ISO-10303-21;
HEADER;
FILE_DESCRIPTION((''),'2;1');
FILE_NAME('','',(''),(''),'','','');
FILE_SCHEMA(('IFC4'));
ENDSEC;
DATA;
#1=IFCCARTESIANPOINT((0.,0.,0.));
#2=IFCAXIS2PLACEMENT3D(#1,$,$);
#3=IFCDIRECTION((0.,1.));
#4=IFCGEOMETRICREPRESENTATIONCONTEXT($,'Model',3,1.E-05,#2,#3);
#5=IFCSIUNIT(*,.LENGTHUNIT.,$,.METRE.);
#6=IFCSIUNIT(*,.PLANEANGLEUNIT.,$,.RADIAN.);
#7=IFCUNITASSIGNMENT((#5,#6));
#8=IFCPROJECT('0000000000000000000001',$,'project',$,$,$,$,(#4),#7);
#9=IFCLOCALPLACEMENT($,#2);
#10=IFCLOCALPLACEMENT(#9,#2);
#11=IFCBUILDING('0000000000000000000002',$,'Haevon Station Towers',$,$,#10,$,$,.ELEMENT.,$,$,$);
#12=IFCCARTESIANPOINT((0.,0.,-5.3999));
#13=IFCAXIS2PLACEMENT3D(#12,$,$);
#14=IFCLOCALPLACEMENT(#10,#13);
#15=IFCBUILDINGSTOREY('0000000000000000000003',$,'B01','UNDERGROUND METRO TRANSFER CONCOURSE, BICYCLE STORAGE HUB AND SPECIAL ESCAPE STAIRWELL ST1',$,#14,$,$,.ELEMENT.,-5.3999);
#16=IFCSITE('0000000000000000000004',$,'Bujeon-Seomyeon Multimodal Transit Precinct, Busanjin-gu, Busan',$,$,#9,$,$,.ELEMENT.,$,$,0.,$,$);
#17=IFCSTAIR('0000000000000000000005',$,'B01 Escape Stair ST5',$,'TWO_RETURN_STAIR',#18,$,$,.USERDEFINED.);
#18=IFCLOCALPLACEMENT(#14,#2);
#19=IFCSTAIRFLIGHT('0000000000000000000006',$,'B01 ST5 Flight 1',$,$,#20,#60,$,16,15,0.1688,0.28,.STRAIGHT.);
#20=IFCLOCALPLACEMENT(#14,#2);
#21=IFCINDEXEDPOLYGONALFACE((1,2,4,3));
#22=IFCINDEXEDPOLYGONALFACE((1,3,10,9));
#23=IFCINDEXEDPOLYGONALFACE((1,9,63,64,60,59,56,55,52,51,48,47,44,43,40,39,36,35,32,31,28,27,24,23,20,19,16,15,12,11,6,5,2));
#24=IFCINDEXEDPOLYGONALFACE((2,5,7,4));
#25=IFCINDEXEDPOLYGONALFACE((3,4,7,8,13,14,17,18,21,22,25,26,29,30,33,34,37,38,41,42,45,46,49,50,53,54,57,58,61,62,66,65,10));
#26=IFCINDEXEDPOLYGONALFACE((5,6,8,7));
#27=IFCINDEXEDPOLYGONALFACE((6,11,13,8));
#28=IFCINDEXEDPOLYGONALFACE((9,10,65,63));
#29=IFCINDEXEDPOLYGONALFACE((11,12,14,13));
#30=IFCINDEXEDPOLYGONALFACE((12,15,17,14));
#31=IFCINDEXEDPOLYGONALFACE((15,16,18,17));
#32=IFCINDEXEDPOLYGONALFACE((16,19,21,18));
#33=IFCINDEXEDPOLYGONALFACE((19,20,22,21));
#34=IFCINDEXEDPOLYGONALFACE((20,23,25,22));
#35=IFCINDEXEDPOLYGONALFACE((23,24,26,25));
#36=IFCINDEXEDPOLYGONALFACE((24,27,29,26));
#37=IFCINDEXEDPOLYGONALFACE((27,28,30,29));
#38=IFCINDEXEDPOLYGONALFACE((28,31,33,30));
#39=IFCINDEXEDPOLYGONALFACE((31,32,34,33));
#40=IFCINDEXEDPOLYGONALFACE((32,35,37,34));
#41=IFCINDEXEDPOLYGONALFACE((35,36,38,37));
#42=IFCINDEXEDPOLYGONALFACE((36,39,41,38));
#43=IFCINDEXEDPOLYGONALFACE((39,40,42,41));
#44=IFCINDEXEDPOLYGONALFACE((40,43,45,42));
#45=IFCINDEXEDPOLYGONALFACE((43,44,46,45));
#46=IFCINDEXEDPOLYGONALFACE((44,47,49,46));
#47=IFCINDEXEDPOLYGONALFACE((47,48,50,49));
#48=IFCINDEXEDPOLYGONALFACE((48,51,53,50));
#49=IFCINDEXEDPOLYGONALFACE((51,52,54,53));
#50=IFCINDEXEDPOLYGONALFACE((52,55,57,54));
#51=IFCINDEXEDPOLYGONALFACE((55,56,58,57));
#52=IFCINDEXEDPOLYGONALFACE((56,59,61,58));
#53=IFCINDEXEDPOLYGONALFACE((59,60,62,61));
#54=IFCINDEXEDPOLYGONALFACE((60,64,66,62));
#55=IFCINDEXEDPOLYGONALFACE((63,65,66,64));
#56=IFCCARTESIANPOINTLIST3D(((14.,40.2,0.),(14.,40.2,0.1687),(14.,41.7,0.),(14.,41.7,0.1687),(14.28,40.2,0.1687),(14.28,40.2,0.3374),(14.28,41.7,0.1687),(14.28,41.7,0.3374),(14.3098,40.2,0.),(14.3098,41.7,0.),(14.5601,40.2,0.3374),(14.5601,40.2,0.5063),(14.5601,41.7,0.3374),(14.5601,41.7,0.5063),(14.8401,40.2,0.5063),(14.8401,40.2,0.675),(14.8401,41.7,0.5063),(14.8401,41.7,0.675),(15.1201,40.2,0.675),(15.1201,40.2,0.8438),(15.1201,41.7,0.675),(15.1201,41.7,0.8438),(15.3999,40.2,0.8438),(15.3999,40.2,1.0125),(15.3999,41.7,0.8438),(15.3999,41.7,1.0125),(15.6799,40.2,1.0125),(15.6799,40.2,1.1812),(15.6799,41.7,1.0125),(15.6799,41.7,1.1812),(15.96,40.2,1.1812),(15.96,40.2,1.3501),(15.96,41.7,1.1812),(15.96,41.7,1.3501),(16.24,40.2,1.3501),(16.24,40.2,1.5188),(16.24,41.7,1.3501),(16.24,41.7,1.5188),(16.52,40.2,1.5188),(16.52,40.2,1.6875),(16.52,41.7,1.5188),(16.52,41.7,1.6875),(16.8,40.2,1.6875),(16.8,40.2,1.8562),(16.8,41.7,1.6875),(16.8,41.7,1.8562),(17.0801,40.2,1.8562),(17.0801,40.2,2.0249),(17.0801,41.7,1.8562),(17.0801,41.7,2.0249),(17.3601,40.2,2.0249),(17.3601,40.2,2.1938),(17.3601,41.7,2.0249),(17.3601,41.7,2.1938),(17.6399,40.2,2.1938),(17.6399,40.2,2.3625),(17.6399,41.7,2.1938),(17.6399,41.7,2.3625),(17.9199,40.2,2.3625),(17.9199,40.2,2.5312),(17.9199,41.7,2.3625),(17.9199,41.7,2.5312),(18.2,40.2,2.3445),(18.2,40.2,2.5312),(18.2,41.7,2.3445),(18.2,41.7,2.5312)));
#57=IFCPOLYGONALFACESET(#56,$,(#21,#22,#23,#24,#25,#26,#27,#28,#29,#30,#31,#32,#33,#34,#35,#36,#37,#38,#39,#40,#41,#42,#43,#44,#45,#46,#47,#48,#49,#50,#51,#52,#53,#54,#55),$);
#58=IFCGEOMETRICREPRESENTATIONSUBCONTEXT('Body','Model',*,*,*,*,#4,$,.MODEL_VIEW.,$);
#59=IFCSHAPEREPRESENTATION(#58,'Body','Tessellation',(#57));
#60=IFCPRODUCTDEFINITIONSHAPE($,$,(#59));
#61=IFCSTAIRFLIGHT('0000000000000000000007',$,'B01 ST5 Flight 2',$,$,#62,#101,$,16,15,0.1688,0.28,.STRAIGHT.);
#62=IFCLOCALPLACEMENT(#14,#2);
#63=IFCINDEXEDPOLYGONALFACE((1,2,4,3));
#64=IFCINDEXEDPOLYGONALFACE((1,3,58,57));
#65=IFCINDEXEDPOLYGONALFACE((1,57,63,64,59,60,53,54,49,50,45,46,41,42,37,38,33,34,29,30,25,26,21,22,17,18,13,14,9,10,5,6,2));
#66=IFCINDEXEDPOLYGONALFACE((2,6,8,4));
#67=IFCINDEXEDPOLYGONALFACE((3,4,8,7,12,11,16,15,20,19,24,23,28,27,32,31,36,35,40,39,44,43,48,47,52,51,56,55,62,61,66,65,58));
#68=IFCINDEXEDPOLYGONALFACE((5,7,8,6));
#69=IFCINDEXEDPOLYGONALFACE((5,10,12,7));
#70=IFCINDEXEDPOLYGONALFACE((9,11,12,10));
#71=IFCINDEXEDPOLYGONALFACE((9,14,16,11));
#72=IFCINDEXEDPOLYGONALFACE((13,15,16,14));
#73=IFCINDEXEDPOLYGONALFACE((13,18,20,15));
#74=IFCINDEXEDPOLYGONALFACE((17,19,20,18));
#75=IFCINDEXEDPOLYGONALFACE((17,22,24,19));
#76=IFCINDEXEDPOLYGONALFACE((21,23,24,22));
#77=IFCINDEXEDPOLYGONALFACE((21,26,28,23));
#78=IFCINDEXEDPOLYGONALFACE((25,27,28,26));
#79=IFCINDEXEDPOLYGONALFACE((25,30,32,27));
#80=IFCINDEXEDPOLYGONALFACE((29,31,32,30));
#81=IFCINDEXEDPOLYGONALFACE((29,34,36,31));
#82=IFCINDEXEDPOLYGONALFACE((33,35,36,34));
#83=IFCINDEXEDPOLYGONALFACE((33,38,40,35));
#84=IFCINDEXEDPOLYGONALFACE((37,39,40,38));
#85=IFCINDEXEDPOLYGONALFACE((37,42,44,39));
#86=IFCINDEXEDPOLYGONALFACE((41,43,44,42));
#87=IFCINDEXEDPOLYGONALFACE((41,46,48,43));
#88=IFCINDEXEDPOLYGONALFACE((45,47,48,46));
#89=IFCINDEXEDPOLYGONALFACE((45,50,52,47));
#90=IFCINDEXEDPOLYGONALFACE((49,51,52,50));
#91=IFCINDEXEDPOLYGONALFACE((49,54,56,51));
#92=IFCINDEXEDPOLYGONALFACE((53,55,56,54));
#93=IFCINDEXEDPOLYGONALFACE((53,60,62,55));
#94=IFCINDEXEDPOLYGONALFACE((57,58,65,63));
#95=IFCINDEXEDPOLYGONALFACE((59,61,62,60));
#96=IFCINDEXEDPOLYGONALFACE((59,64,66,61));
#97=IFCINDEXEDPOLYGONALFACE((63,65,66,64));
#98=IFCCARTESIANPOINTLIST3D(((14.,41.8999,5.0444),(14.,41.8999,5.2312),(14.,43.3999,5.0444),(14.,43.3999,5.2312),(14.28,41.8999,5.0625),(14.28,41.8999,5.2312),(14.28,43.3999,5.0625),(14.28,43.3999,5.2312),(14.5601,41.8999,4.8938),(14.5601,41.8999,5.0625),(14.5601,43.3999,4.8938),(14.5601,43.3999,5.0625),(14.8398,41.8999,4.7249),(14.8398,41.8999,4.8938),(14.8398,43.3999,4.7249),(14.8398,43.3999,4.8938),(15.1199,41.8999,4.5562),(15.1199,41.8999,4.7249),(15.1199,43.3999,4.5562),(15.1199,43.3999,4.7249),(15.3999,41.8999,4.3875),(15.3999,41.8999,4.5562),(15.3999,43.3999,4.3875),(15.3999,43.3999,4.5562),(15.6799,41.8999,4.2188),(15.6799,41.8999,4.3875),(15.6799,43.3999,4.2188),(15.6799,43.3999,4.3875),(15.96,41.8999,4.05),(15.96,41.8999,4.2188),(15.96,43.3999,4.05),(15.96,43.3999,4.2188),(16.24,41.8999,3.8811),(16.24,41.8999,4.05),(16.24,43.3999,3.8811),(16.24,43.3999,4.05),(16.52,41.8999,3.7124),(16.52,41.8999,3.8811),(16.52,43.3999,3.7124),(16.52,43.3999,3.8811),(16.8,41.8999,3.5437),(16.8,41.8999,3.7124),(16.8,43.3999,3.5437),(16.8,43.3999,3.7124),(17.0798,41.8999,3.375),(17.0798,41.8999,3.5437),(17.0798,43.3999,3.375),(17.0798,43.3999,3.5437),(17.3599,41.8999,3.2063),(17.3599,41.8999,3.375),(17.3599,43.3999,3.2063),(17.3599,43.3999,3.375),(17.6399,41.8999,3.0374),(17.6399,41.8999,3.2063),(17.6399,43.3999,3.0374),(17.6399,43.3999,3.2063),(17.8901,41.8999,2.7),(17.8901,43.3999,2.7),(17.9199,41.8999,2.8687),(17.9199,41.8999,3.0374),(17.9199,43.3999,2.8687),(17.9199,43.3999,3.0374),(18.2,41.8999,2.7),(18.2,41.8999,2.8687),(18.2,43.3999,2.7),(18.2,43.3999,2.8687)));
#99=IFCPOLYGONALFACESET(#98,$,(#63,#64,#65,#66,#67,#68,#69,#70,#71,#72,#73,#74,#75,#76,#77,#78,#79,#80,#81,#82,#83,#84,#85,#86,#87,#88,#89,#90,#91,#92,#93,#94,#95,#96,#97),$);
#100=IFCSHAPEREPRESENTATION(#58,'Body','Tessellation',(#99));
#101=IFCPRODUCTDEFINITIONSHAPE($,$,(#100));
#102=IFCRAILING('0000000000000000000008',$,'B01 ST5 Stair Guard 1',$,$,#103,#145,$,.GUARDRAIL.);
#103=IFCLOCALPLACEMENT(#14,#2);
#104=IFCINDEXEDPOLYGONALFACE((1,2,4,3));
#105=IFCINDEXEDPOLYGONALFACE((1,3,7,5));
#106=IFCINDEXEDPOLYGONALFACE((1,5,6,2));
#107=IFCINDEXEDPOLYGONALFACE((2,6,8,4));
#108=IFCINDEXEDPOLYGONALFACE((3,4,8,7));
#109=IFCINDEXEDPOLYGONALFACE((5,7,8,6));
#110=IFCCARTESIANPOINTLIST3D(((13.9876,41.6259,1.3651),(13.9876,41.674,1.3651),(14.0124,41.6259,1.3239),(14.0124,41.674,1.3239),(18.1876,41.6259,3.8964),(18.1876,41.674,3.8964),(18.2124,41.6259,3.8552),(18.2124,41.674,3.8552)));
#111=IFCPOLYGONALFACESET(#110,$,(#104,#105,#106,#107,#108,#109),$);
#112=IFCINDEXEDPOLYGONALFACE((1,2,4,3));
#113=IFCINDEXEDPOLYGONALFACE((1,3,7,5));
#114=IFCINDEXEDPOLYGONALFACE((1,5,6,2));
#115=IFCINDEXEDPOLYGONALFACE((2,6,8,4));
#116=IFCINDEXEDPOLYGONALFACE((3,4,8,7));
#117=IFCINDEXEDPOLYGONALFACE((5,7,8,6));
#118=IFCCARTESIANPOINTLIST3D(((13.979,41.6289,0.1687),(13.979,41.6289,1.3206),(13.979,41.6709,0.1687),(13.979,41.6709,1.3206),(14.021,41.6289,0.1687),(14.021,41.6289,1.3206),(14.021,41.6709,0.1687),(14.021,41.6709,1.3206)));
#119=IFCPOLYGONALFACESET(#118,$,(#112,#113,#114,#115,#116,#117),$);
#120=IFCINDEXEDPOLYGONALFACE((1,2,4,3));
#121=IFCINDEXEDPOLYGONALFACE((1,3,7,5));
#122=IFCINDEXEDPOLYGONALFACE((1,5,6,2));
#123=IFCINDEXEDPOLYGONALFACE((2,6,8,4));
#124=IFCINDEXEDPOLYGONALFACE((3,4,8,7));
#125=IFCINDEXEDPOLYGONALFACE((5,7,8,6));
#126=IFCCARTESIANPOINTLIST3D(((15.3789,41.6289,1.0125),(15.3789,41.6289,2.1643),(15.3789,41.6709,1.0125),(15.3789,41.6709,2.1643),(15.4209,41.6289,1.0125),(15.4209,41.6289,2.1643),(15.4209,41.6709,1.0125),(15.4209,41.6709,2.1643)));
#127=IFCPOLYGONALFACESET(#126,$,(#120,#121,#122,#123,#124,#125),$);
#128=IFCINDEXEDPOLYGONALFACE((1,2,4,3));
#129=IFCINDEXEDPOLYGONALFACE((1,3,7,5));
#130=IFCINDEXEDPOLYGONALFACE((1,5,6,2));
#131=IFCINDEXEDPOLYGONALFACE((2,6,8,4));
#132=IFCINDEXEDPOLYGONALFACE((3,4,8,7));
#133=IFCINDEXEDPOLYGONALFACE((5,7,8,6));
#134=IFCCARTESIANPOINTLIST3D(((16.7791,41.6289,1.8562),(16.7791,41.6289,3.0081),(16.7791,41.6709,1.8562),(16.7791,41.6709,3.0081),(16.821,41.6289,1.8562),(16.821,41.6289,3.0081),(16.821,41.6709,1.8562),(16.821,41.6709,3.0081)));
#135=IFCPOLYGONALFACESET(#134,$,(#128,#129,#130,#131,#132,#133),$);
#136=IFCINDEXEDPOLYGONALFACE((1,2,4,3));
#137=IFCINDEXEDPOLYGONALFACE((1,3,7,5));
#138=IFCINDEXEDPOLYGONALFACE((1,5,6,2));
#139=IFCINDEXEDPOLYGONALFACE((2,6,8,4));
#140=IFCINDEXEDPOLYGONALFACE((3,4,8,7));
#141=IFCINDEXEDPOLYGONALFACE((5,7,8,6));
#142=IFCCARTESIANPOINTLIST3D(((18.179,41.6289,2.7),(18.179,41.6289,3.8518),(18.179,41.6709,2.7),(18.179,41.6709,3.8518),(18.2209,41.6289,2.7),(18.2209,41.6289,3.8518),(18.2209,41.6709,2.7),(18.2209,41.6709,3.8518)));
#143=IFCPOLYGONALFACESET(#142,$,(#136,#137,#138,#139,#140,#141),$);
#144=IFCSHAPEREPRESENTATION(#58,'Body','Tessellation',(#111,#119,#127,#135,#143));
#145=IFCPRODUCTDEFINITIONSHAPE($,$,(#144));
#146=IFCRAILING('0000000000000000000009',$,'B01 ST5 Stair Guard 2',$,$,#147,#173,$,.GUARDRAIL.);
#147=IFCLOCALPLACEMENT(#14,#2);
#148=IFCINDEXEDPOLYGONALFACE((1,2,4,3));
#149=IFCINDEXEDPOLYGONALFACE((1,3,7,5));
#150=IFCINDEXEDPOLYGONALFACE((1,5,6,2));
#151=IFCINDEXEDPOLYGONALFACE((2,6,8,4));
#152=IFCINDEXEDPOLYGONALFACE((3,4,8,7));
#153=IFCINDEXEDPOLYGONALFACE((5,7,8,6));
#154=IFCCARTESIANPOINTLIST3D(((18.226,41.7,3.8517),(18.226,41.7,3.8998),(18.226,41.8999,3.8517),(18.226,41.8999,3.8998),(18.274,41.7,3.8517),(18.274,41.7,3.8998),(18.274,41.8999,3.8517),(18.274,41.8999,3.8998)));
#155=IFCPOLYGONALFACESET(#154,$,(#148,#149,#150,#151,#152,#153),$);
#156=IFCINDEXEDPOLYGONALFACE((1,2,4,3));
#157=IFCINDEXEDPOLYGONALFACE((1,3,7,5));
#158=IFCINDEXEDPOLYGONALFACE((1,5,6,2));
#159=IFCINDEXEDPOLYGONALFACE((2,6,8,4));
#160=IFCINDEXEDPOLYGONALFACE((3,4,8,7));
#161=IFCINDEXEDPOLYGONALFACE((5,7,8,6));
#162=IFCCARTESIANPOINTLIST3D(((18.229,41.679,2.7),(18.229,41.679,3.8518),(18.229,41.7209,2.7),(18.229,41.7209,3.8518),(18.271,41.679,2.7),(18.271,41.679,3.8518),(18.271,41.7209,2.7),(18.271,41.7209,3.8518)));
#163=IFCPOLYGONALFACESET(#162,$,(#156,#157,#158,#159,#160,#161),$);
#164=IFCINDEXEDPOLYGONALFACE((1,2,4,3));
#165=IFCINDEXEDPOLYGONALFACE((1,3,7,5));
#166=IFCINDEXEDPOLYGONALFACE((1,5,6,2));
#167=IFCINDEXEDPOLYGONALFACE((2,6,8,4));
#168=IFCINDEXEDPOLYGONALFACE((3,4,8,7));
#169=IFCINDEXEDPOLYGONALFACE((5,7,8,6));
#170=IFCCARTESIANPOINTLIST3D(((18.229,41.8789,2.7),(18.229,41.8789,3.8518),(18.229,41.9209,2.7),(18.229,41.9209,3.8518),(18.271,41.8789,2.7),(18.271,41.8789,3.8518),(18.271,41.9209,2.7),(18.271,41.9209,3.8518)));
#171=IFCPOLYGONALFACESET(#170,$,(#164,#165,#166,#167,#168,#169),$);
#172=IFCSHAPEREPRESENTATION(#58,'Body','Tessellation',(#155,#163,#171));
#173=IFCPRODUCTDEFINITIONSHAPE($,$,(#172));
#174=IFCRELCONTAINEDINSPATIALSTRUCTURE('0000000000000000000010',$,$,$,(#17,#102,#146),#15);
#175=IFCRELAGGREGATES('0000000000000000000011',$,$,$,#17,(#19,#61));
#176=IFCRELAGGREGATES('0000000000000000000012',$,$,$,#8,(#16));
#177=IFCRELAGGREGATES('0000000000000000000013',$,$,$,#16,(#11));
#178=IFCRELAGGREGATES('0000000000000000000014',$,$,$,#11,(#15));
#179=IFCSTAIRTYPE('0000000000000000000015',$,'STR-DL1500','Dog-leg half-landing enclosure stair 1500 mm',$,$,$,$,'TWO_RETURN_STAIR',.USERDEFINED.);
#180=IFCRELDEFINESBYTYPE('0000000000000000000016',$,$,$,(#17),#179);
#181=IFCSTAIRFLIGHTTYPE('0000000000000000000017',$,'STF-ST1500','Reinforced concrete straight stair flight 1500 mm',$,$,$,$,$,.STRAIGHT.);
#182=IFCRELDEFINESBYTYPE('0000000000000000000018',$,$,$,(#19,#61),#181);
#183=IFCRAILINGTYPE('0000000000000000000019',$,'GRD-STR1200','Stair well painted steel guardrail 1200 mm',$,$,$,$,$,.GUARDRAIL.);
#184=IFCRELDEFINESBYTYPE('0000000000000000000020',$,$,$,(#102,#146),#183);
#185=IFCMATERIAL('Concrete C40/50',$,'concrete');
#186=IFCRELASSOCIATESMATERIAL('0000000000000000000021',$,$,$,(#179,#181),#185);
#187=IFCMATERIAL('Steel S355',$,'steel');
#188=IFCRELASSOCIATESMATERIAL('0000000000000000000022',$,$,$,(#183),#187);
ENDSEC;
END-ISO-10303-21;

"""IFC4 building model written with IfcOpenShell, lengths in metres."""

from ifc_helpers import new_model, si_unit, direction, frame, origin, origin_2d, place, context, subcontext, project, spatial, polyline, rectangle, outline, extrude, material, type_object, element, aggregate, save


model = new_model("IFC4")

# Units and contexts
model_context = context("Model", 3, precision=1e-05, world=origin(), true_north=direction((0.0, 1.0)))
body_context = subcontext(model_context, "Body", "Model", "MODEL_VIEW")
ifc_project = project(units=[si_unit("LENGTHUNIT", "METRE"), si_unit("PLANEANGLEUNIT", "RADIAN")], contexts=[model_context])

# Site, building, storey
site_placement = place(None, origin())
site = spatial("IfcSite", under=ifc_project, at=site_placement, Name="Bujeon-Seomyeon Multimodal Transit Precinct, Busanjin-gu, Busan", CompositionType="ELEMENT", RefElevation=0.0)
building_placement = place(site_placement, origin())
building = spatial("IfcBuilding", under=site, at=building_placement, Name="Haevon Station Towers", CompositionType="ELEMENT")
storey_placement = place(building_placement, frame((0.0, 0.0, -5.3999)))
storey = spatial("IfcBuildingStorey", under=building, at=storey_placement, Name="B01", Description="UNDERGROUND METRO TRANSFER CONCOURSE, BICYCLE STORAGE HUB AND SPECIAL ESCAPE STAIRWELL ST1", CompositionType="ELEMENT", Elevation=-5.3999)

# Shared definitions
ifc_material_1 = material(Name="Steel S355", Category="steel")

# Stair, stair flights
ifc_material_2 = material(Name="Concrete C40/50", Category="concrete")
stair_type = type_object("IfcStairType", Name="STR-DL1500", Description="Dog-leg half-landing enclosure stair 1500 mm", ElementType="TWO_RETURN_STAIR", PredefinedType="USERDEFINED", material=ifc_material_2)
stair_placement = place(storey_placement, origin())
stair = element("IfcStair", 1, at=stair_placement, inside=storey, type_object=stair_type, Name="B01 Escape Stair ST5", ObjectType="TWO_RETURN_STAIR", PredefinedType="USERDEFINED")
stair_flight_type = type_object("IfcStairFlightType", Name="STF-ST1500", Description="Reinforced concrete straight stair flight 1500 mm", PredefinedType="STRAIGHT", material=ifc_material_2)
stair_flight_1_placement = place(storey_placement, frame((14.0, 40.95, 0.0), z_axis=(0.0, 0.0, 1.0), x_axis=(1.0, 0.0, 0.0)))
stair_flight_1 = element("IfcStairFlight", 2, at=stair_flight_1_placement, type_object=stair_flight_type, Name="B01 ST5 Flight 1", NumberOfRisers=16, NumberOfTreads=15, PredefinedType="STRAIGHT", RiserHeight=0.1688, TreadLength=0.28, context=body_context, shape_type="SweptSolid", body=[
    extrude(outline(polyline([(0.0, 0.0), (0.0, 0.1687), (0.28, 0.1687), (0.28, 0.3374), (0.5601, 0.3374), (0.5601, 0.5063), (0.8401, 0.5063), (0.8401, 0.675), (1.1201, 0.675), (1.1201, 0.8438), (1.3999, 0.8438), (1.3999, 1.0125), (1.6799, 1.0125), (1.6799, 1.1812), (1.96, 1.1812), (1.96, 1.3501), (2.24, 1.3501), (2.24, 1.5188), (2.52, 1.5188), (2.52, 1.6875), (2.8, 1.6875), (2.8, 1.8562), (3.0801, 1.8562), (3.0801, 2.0249), (3.3601, 2.0249), (3.3601, 2.1938), (3.6399, 2.1938), (3.6399, 2.3625), (3.9199, 2.3625), (3.9199, 2.5312), (4.2, 2.5312), (4.2, 2.7), (4.2, 2.3445), (0.3098, 0.0), (0.0, 0.0)])), frame((0.0, 0.75, 0.0), z_axis=(0.0, -1.0, 0.0), x_axis=(1.0, 0.0, 0.0)), (0.0, 0.0, 1.0), 1.5),
])
stair_flight_2_placement = place(storey_placement, frame((18.2, 42.6499, 2.7), z_axis=(0.0, 0.0, 1.0), x_axis=(-1.0, 0.0, 0.0)))
stair_flight_2 = element("IfcStairFlight", 3, at=stair_flight_2_placement, type_object=stair_flight_type, Name="B01 ST5 Flight 2", NumberOfRisers=16, NumberOfTreads=15, PredefinedType="STRAIGHT", RiserHeight=0.1688, TreadLength=0.28, context=body_context, shape_type="SweptSolid", body=[
    extrude(outline(polyline([(0.0, 0.0), (0.0, 0.1687), (0.28, 0.1687), (0.28, 0.3374), (0.5601, 0.3374), (0.5601, 0.5063), (0.8401, 0.5063), (0.8401, 0.675), (1.1201, 0.675), (1.1201, 0.8438), (1.3999, 0.8438), (1.3999, 1.0125), (1.6799, 1.0125), (1.6799, 1.1812), (1.96, 1.1812), (1.96, 1.3501), (2.24, 1.3501), (2.24, 1.5188), (2.52, 1.5188), (2.52, 1.6875), (2.8, 1.6875), (2.8, 1.8562), (3.0801, 1.8562), (3.0801, 2.0249), (3.3601, 2.0249), (3.3601, 2.1938), (3.6399, 2.1938), (3.6399, 2.3625), (3.9199, 2.3625), (3.9199, 2.5312), (4.2, 2.5312), (4.2, 2.7), (4.2, 2.3445), (0.3098, 0.0), (0.0, 0.0)])), frame((0.0, 0.75, 0.0), z_axis=(0.0, -1.0, 0.0), x_axis=(1.0, 0.0, 0.0)), (0.0, 0.0, 1.0), 1.5),
])
aggregate(stair, [stair_flight_1, stair_flight_2])

# Railings
railing_type_1 = type_object("IfcRailingType", Name="GRD-STR1200", Description="Stair well painted steel guardrail 1200 mm", PredefinedType="GUARDRAIL", material=ifc_material_1)
railing_1_placement = place(storey_placement, frame((14.0, 41.6499, 0.1687)))
element("IfcRailing", 4, at=railing_1_placement, inside=storey, type_object=railing_type_1, Name="B01 ST5 Stair Guard 1", PredefinedType="GUARDRAIL", context=body_context, shape_type="SweptSolid", body=[
    extrude(rectangle(XDim=0.0481, YDim=0.0481, at=origin_2d()), frame((0.0, 0.0, 1.1758), z_axis=(0.856476, 0.0, 0.516186), x_axis=(0.0, 1.0, 0.0)), (0.0, 0.0, 1.0), 4.9038),
    extrude(rectangle(XDim=0.042, YDim=0.042, at=origin_2d()), origin(), (0.0, 0.0, 1.0), 1.1519),
    extrude(rectangle(XDim=0.042, YDim=0.042, at=origin_2d()), frame((1.3999, 0.0, 0.8438)), (0.0, 0.0, 1.0), 1.1519),
    extrude(rectangle(XDim=0.042, YDim=0.042, at=origin_2d()), frame((2.8, 0.0, 1.6875)), (0.0, 0.0, 1.0), 1.1519),
    extrude(rectangle(XDim=0.042, YDim=0.042, at=origin_2d()), frame((4.2, 0.0, 2.5312)), (0.0, 0.0, 1.0), 1.1519),
])
railing_2_placement = place(storey_placement, frame((18.25, 41.7, 2.7)))
element("IfcRailing", 5, at=railing_2_placement, inside=storey, type_object=railing_type_1, Name="B01 ST5 Stair Guard 2", PredefinedType="GUARDRAIL", context=body_context, shape_type="SweptSolid", body=[
    extrude(rectangle(XDim=0.0481, YDim=0.0481, at=origin_2d()), frame((0.0, 0.0, 1.1758), z_axis=(0.0, 1.0, 0.0), x_axis=(-1.0, 0.0, 0.0)), (0.0, 0.0, 1.0), 0.2),
    extrude(rectangle(XDim=0.042, YDim=0.042, at=origin_2d()), origin(), (0.0, 0.0, 1.0), 1.1519),
    extrude(rectangle(XDim=0.042, YDim=0.042, at=origin_2d()), frame((0.0, 0.2, 0.0)), (0.0, 0.0, 1.0), 1.1519),
])

save(model, "model.ifc")
